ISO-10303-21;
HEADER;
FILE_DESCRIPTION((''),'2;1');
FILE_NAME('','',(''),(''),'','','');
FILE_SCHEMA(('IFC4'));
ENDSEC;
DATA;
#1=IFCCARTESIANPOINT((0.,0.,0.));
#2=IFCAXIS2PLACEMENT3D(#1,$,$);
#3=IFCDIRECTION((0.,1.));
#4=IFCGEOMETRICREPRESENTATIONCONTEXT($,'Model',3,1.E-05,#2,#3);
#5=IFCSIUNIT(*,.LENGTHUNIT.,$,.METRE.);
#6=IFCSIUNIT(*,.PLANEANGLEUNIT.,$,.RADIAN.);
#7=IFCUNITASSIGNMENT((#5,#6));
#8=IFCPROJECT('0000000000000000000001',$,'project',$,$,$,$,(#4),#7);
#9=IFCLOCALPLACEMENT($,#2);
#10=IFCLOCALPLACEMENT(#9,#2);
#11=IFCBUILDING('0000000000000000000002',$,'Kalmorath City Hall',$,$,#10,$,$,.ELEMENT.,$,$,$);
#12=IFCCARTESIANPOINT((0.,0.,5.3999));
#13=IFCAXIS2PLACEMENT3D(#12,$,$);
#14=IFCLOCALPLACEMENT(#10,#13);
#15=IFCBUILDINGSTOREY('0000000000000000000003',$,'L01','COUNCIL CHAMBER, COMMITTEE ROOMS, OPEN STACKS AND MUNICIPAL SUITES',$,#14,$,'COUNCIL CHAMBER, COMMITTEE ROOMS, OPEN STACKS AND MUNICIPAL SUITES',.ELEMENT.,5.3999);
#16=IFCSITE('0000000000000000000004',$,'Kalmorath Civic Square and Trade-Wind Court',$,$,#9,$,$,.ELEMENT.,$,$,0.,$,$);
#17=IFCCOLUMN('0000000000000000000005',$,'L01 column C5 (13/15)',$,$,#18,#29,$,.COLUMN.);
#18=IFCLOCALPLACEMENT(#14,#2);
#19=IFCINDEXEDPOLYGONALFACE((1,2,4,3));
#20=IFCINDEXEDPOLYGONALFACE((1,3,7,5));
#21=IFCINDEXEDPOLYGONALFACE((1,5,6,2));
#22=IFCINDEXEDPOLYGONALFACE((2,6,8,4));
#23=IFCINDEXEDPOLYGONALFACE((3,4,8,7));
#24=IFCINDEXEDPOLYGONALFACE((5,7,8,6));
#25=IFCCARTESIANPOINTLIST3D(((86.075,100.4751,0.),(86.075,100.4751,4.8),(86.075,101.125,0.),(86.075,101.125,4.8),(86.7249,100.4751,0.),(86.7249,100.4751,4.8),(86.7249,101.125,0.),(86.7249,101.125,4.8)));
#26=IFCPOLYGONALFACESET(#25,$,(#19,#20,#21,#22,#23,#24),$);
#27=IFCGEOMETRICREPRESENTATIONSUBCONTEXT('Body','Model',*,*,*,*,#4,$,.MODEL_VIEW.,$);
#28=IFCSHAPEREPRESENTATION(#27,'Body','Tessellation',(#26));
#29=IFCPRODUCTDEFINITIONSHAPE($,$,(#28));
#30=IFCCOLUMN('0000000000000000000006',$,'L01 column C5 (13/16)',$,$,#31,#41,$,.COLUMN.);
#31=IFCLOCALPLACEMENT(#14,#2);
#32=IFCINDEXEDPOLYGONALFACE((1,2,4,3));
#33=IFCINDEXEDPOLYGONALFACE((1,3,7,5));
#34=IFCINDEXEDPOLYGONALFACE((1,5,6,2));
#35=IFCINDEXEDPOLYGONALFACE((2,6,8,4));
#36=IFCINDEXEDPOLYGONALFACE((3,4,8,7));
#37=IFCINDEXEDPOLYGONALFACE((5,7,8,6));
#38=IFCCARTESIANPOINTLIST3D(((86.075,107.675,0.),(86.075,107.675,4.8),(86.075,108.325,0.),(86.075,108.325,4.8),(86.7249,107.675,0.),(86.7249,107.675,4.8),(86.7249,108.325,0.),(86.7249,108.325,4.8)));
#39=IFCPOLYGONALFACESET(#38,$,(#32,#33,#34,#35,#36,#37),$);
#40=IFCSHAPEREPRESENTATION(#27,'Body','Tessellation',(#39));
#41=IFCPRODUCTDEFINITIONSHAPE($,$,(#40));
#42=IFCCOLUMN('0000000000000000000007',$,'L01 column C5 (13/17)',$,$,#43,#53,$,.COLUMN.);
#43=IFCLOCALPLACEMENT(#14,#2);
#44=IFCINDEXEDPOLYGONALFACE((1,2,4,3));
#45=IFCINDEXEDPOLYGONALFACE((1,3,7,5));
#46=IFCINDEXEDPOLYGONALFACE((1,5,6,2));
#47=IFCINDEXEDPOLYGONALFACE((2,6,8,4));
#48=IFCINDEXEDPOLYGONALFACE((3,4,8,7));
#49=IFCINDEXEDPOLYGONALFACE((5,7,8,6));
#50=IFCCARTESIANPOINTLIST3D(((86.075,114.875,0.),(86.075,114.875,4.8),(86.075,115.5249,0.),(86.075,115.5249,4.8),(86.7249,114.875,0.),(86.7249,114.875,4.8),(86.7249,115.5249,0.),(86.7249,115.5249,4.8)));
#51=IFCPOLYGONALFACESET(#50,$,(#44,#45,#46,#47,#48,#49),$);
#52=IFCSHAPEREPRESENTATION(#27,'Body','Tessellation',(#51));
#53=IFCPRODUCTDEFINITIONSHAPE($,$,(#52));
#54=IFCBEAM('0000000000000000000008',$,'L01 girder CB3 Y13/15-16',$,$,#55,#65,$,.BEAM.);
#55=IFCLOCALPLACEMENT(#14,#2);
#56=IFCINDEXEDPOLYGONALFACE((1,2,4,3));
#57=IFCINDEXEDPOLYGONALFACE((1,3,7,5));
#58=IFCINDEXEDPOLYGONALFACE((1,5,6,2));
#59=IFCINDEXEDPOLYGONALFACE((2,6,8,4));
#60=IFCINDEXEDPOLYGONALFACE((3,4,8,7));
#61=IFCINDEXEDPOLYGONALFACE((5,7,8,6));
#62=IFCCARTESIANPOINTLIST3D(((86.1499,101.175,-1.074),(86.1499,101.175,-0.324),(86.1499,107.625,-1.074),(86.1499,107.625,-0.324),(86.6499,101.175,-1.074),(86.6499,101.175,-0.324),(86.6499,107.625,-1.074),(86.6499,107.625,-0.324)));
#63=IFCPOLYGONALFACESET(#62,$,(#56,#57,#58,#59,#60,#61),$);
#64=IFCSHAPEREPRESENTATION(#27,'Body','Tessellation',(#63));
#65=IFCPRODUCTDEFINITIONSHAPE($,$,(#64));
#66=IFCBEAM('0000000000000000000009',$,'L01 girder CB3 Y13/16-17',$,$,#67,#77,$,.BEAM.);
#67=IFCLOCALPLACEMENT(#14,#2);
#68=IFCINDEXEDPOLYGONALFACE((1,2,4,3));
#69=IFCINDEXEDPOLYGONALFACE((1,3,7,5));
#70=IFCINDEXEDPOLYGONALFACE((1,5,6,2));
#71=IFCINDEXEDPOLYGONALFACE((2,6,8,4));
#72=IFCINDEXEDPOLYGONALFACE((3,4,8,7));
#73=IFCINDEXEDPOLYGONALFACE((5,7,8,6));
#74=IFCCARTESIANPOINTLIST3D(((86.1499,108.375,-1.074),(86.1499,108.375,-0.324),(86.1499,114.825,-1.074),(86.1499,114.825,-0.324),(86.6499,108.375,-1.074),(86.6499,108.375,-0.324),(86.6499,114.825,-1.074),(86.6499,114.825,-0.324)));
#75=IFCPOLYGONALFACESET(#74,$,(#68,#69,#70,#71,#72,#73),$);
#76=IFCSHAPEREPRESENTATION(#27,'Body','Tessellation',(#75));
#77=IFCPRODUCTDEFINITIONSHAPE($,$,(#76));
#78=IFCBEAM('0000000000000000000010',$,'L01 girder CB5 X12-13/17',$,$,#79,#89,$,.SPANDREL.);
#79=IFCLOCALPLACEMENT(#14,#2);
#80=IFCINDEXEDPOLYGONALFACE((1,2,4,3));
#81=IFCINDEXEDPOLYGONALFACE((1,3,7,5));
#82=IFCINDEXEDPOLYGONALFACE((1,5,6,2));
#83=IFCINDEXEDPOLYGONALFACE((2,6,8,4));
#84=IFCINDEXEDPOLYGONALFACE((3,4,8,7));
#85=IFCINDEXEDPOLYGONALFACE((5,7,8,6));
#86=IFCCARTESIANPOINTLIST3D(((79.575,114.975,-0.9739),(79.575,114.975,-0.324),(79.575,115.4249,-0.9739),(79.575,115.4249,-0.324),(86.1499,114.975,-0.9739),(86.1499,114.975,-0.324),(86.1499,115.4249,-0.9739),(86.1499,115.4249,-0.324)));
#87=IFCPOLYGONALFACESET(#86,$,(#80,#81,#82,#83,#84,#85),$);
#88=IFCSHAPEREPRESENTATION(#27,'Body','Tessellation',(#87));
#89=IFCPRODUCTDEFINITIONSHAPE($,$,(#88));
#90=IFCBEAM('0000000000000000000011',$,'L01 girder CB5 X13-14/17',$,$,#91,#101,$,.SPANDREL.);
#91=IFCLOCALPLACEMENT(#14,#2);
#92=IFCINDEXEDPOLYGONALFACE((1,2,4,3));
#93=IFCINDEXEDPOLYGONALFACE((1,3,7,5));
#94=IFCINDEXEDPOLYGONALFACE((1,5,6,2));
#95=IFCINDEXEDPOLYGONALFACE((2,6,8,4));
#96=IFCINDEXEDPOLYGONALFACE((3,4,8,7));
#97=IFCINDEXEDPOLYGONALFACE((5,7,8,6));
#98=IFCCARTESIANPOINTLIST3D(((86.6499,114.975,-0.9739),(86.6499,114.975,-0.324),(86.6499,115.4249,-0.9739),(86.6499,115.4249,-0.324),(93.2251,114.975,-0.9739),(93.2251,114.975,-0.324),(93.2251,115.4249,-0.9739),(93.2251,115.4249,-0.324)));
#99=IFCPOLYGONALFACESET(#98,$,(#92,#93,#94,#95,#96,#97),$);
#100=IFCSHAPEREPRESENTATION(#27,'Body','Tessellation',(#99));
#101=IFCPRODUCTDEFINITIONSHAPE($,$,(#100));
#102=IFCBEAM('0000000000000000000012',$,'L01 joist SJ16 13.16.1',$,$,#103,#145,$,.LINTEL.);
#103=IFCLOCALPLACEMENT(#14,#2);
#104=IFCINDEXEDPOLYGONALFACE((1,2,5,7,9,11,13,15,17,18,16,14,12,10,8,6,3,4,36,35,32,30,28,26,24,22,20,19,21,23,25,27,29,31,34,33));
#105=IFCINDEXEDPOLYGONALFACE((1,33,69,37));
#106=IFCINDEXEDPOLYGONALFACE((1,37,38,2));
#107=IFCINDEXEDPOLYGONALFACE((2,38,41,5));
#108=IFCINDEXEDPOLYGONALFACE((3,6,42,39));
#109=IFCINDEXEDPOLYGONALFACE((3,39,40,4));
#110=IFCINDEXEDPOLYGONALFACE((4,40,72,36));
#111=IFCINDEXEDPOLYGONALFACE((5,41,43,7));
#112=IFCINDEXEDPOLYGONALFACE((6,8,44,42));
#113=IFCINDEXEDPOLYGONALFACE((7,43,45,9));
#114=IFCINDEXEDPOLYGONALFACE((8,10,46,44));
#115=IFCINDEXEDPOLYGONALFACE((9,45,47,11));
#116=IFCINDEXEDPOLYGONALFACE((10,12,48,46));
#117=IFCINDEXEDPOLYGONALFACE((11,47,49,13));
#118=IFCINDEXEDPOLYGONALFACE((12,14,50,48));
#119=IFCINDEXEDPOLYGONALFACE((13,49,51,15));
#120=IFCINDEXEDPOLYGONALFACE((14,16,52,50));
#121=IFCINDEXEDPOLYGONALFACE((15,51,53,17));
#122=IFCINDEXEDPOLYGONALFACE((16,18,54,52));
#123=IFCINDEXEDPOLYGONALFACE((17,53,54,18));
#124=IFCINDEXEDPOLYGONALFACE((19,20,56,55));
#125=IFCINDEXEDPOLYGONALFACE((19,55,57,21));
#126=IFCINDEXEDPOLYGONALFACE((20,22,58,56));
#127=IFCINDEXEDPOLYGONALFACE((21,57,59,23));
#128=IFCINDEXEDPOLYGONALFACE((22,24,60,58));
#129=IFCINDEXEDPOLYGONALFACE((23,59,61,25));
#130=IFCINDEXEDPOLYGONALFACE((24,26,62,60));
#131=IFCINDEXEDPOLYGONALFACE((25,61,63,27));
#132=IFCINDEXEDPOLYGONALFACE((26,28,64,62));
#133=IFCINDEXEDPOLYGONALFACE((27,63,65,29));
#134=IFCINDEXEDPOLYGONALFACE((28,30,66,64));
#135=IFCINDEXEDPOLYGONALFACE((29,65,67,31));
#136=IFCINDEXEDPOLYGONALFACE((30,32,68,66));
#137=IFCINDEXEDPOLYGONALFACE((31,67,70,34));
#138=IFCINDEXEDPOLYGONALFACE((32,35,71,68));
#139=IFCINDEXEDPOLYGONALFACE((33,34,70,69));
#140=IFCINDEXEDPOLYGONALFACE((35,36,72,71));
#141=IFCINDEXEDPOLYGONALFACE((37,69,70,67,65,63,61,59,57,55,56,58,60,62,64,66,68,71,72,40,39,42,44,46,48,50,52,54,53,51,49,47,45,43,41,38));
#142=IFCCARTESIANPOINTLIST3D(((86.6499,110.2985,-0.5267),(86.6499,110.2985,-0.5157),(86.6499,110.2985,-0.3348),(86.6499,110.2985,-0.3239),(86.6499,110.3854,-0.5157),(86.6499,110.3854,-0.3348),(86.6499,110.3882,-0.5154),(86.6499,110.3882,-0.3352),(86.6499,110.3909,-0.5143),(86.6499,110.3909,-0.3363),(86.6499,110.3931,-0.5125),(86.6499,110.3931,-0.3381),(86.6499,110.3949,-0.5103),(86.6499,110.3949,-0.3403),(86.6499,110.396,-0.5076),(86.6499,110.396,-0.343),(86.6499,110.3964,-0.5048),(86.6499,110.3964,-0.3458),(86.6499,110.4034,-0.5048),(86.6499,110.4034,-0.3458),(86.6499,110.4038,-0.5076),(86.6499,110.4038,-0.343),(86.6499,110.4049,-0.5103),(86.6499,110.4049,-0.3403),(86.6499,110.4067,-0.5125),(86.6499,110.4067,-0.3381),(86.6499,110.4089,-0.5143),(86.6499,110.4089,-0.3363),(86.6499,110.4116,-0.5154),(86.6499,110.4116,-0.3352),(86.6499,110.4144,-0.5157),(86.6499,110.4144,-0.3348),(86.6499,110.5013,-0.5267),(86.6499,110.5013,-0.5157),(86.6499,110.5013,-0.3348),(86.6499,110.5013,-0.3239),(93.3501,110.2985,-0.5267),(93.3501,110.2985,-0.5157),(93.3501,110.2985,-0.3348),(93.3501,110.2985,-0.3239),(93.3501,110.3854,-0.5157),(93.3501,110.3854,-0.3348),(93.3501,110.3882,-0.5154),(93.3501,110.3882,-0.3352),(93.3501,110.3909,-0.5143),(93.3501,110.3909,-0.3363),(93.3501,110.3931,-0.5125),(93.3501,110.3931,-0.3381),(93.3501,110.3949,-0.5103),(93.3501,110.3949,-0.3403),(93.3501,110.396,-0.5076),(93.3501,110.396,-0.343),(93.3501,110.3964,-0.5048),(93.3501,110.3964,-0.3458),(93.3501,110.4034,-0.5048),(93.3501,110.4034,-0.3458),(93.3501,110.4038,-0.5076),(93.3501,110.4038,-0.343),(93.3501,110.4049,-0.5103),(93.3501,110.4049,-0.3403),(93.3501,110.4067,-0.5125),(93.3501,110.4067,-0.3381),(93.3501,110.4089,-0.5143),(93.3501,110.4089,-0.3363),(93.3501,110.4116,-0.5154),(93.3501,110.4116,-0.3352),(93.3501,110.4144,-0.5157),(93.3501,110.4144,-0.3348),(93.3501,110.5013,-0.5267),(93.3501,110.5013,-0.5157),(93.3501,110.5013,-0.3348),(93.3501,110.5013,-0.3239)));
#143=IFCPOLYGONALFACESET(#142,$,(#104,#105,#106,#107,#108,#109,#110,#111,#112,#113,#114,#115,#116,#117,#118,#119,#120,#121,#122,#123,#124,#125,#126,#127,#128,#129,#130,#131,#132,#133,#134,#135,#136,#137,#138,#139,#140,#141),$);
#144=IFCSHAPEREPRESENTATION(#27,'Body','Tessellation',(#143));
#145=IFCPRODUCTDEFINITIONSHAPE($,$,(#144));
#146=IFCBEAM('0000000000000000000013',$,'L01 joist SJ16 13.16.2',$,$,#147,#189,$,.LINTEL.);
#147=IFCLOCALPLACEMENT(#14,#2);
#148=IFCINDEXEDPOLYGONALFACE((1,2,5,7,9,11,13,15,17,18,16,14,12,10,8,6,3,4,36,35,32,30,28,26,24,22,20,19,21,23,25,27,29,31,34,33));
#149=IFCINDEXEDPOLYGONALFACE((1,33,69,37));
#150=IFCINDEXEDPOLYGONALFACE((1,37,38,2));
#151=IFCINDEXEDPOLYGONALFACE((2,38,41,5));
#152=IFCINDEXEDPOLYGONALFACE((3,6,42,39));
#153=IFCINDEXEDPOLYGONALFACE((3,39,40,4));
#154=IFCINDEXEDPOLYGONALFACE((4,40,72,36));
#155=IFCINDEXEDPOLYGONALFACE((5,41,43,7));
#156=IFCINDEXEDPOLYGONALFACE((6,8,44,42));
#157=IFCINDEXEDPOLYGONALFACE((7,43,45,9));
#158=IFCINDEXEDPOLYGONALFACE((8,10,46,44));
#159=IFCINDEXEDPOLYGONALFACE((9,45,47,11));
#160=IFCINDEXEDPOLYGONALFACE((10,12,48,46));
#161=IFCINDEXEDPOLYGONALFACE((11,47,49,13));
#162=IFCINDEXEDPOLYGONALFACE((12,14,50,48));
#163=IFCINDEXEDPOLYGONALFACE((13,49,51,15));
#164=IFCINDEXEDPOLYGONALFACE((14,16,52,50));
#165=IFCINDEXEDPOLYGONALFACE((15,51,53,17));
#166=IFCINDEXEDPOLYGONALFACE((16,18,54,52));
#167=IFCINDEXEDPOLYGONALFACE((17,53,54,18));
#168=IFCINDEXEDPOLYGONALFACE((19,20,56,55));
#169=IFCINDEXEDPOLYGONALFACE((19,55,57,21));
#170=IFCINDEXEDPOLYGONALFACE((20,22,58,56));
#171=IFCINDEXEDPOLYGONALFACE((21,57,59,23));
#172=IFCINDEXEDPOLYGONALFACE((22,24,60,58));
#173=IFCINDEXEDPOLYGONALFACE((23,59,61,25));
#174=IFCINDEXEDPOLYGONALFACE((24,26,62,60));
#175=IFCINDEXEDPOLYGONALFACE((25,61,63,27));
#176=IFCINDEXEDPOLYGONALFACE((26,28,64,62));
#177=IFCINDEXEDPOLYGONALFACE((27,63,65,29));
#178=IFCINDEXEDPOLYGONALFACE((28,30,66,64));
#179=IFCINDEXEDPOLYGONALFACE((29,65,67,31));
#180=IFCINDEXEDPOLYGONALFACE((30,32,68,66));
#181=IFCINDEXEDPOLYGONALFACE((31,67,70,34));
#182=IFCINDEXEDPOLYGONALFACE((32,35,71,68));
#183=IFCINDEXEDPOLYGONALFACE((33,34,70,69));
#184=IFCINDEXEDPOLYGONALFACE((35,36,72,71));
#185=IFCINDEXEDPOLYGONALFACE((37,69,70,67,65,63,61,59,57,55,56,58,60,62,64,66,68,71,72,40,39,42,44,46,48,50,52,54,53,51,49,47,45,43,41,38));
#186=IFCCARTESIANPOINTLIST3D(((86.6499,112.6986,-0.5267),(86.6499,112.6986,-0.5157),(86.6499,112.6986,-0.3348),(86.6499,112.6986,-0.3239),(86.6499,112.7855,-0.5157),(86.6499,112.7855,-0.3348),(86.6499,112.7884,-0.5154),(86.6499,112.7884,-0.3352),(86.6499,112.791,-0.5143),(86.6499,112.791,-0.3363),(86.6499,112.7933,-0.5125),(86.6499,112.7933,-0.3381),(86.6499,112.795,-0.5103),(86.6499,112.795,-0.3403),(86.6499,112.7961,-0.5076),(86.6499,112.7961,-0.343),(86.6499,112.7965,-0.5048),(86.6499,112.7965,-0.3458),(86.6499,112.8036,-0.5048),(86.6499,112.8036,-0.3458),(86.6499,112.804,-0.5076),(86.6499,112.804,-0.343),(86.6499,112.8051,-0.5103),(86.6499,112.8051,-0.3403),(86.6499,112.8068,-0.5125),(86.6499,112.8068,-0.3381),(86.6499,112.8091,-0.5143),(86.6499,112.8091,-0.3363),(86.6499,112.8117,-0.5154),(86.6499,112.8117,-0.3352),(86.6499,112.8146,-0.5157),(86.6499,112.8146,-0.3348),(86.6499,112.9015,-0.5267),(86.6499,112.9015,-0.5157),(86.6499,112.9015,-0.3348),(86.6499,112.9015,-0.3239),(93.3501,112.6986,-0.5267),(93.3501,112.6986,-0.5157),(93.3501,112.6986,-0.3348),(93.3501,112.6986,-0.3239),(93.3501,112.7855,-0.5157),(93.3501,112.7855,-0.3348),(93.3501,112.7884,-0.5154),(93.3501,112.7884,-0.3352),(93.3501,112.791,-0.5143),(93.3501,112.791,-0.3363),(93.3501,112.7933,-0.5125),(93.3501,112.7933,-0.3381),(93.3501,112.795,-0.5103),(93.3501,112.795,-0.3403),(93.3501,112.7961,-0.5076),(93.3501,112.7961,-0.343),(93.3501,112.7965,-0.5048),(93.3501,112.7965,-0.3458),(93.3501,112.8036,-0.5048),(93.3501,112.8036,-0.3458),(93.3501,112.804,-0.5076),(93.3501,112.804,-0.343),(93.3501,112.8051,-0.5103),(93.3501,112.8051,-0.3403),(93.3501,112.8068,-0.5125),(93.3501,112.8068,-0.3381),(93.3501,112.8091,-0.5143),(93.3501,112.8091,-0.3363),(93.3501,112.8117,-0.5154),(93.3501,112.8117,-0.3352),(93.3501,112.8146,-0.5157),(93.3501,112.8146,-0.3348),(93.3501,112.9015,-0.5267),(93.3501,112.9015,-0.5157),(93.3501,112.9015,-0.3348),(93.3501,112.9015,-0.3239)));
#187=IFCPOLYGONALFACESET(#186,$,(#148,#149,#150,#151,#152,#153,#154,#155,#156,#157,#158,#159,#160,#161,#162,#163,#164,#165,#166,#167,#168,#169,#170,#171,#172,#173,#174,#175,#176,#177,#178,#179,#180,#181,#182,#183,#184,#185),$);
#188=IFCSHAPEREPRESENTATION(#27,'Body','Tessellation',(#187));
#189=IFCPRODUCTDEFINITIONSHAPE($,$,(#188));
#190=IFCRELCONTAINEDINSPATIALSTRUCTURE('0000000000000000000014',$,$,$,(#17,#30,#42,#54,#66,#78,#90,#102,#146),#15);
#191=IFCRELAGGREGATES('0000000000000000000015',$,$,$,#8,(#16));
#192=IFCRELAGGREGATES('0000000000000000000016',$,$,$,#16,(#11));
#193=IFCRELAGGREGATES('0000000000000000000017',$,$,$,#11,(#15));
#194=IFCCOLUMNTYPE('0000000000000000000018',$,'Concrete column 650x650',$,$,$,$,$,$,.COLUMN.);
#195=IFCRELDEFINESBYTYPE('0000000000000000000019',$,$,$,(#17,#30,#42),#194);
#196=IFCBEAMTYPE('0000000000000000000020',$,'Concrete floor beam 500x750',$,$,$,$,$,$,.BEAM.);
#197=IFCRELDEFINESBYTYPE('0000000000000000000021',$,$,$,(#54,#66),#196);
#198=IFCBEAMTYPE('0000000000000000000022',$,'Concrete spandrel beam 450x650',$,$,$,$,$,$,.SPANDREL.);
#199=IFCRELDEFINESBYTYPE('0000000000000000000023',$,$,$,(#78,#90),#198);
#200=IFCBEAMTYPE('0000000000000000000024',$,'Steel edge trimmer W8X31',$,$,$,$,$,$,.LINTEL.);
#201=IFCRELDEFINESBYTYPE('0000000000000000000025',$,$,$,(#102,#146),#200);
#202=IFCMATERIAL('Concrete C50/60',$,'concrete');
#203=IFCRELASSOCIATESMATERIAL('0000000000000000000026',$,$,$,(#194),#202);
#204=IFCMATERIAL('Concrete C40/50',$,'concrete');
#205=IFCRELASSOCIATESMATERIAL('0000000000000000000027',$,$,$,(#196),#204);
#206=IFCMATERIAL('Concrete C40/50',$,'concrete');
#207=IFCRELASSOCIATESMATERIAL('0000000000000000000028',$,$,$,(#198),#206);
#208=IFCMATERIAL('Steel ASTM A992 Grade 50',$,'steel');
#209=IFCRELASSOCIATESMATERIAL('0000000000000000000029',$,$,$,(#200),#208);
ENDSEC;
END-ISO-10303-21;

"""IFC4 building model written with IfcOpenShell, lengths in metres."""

from ifc_helpers import new_model, si_unit, direction, frame, origin, origin_2d, place, context, subcontext, project, spatial, rectangle, i_section, extrude, material, material_profile, profile_set, type_object, element, save


model = new_model("IFC4")

# Units and contexts
model_context = context("Model", 3, precision=1e-05, world=origin(), true_north=direction((0.0, 1.0)))
body_context = subcontext(model_context, "Body", "Model", "MODEL_VIEW")
ifc_project = project(units=[si_unit("LENGTHUNIT", "METRE"), si_unit("PLANEANGLEUNIT", "RADIAN")], contexts=[model_context])

# Site, building, storey
site_placement = place(None, origin())
site = spatial("IfcSite", under=ifc_project, at=site_placement, Name="Kalmorath Civic Square and Trade-Wind Court", CompositionType="ELEMENT", RefElevation=0.0)
building_placement = place(site_placement, origin())
building = spatial("IfcBuilding", under=site, at=building_placement, Name="Kalmorath City Hall", CompositionType="ELEMENT")
storey_placement = place(building_placement, frame((0.0, 0.0, 5.3999)))
storey = spatial("IfcBuildingStorey", under=building, at=storey_placement, Name="L01", Description="COUNCIL CHAMBER, COMMITTEE ROOMS, OPEN STACKS AND MUNICIPAL SUITES", LongName="COUNCIL CHAMBER, COMMITTEE ROOMS, OPEN STACKS AND MUNICIPAL SUITES", CompositionType="ELEMENT", Elevation=5.3999)

# Columns
ifc_material_1 = material(Name="Concrete C50/60", Category="concrete")
ifc_material_profile_1 = material_profile(ifc_material_1, rectangle(XDim=0.6499, YDim=0.6499, at=origin_2d()), Name="RC-COL-650X650")
ifc_profile_set_1 = profile_set([ifc_material_profile_1], Name="Concrete C50/60")
column_type = type_object("IfcColumnType", Name="Concrete column 650x650", PredefinedType="COLUMN", material=ifc_profile_set_1)
for number, where, z_axis, x_axis, name in (
    (1, (86.3999, 100.8, 0.0), (0.0, 0.0, 1.0), (1.0, 0.0, 0.0), "L01 column C5 (13/15)"),
    (2, (86.3999, 108.0, 0.0), (0.0, 0.0, 1.0), (1.0, 0.0, 0.0), "L01 column C5 (13/16)"),
    (3, (86.3999, 115.2, 0.0), (0.0, 0.0, 1.0), (1.0, 0.0, 0.0), "L01 column C5 (13/17)"),
):
    element("IfcColumn", number, at=place(storey_placement, frame(where, z_axis=z_axis, x_axis=x_axis)), inside=storey, type_object=column_type, Name=name, PredefinedType="COLUMN", context=body_context, shape_type="SweptSolid", body=[
        extrude(rectangle(XDim=0.6499, YDim=0.6499, at=origin_2d()), origin(), (0.0, 0.0, 1.0), 4.8),
    ])

# Beams
ifc_material_2 = material(Name="Concrete C40/50", Category="concrete")
ifc_material_profile_2 = material_profile(ifc_material_2, rectangle(XDim=0.5, YDim=0.75, at=origin_2d()), Name="RC-BM-500X750")
ifc_profile_set_2 = profile_set([ifc_material_profile_2], Name="Concrete C40/50")
beam_type_1 = type_object("IfcBeamType", Name="Concrete floor beam 500x750", PredefinedType="BEAM", material=ifc_profile_set_2)
for number, where, z_axis, x_axis, name in (
    (4, (86.3999, 101.175, -0.699), (0.0, 1.0, 0.0), (-1.0, 0.0, 0.0), "L01 girder CB3 Y13/15-16"),
    (5, (86.3999, 108.375, -0.699), (0.0, 1.0, 0.0), (-1.0, 0.0, 0.0), "L01 girder CB3 Y13/16-17"),
):
    element("IfcBeam", number, at=place(storey_placement, frame(where, z_axis=z_axis, x_axis=x_axis)), inside=storey, type_object=beam_type_1, Name=name, PredefinedType="BEAM", context=body_context, shape_type="SweptSolid", body=[
        extrude(rectangle(XDim=0.5, YDim=0.75, at=origin_2d()), origin(), (0.0, 0.0, 1.0), 6.45),
    ])
ifc_material_3 = material(Name="Concrete C40/50", Category="concrete")
ifc_material_profile_3 = material_profile(ifc_material_3, rectangle(XDim=0.45, YDim=0.6499, at=origin_2d()), Name="RC-BM-450X650")
ifc_profile_set_3 = profile_set([ifc_material_profile_3], Name="Concrete C40/50")
beam_type_2 = type_object("IfcBeamType", Name="Concrete spandrel beam 450x650", PredefinedType="SPANDREL", material=ifc_profile_set_3)
beam_1_placement = place(storey_placement, frame((79.575, 115.2, -0.6489), z_axis=(1.0, 0.0, 0.0), x_axis=(0.0, 1.0, 0.0)))
element("IfcBeam", 6, at=beam_1_placement, inside=storey, type_object=beam_type_2, Name="L01 girder CB5 X12-13/17", PredefinedType="SPANDREL", context=body_context, shape_type="SweptSolid", body=[
    extrude(rectangle(XDim=0.45, YDim=0.6499, at=origin_2d()), origin(), (0.0, 0.0, 1.0), 6.575),
])
beam_2_placement = place(storey_placement, frame((86.6499, 115.2, -0.6489), z_axis=(1.0, 0.0, 0.0), x_axis=(0.0, 1.0, 0.0)))
element("IfcBeam", 7, at=beam_2_placement, inside=storey, type_object=beam_type_2, Name="L01 girder CB5 X13-14/17", PredefinedType="SPANDREL", context=body_context, shape_type="SweptSolid", body=[
    extrude(rectangle(XDim=0.45, YDim=0.6499, at=origin_2d()), origin(), (0.0, 0.0, 1.0), 6.5752),
])
ifc_material_4 = material(Name="Steel ASTM A992 Grade 50", Category="steel")
ifc_material_profile_4 = material_profile(ifc_material_4, i_section(OverallWidth=0.2029, OverallDepth=0.2029, WebThickness=0.0071, FlangeThickness=0.011, FilletRadius=0.011, at=origin_2d()), Name="W8X31")
ifc_profile_set_4 = profile_set([ifc_material_profile_4], Name="Steel ASTM A992 Grade 50")
beam_type_3 = type_object("IfcBeamType", Name="Steel edge trimmer W8X31", PredefinedType="LINTEL", material=ifc_profile_set_4)
for number, where, z_axis, x_axis, name in (
    (8, (86.6499, 110.3999, -0.4253), (1.0, 0.0, 0.0), (0.0, 1.0, 0.0), "L01 joist SJ16 13.16.1"),
    (9, (86.6499, 112.8, -0.4253), (1.0, 0.0, 0.0), (0.0, 1.0, 0.0), "L01 joist SJ16 13.16.2"),
):
    element("IfcBeam", number, at=place(storey_placement, frame(where, z_axis=z_axis, x_axis=x_axis)), inside=storey, type_object=beam_type_3, Name=name, PredefinedType="LINTEL", context=body_context, shape_type="SweptSolid", body=[
        extrude(i_section(OverallWidth=0.2029, OverallDepth=0.2029, WebThickness=0.0071, FlangeThickness=0.011, FilletRadius=0.011, at=origin_2d()), origin(), (0.0, 0.0, 1.0), 6.7002),
    ])

save(model, "model.ifc")
